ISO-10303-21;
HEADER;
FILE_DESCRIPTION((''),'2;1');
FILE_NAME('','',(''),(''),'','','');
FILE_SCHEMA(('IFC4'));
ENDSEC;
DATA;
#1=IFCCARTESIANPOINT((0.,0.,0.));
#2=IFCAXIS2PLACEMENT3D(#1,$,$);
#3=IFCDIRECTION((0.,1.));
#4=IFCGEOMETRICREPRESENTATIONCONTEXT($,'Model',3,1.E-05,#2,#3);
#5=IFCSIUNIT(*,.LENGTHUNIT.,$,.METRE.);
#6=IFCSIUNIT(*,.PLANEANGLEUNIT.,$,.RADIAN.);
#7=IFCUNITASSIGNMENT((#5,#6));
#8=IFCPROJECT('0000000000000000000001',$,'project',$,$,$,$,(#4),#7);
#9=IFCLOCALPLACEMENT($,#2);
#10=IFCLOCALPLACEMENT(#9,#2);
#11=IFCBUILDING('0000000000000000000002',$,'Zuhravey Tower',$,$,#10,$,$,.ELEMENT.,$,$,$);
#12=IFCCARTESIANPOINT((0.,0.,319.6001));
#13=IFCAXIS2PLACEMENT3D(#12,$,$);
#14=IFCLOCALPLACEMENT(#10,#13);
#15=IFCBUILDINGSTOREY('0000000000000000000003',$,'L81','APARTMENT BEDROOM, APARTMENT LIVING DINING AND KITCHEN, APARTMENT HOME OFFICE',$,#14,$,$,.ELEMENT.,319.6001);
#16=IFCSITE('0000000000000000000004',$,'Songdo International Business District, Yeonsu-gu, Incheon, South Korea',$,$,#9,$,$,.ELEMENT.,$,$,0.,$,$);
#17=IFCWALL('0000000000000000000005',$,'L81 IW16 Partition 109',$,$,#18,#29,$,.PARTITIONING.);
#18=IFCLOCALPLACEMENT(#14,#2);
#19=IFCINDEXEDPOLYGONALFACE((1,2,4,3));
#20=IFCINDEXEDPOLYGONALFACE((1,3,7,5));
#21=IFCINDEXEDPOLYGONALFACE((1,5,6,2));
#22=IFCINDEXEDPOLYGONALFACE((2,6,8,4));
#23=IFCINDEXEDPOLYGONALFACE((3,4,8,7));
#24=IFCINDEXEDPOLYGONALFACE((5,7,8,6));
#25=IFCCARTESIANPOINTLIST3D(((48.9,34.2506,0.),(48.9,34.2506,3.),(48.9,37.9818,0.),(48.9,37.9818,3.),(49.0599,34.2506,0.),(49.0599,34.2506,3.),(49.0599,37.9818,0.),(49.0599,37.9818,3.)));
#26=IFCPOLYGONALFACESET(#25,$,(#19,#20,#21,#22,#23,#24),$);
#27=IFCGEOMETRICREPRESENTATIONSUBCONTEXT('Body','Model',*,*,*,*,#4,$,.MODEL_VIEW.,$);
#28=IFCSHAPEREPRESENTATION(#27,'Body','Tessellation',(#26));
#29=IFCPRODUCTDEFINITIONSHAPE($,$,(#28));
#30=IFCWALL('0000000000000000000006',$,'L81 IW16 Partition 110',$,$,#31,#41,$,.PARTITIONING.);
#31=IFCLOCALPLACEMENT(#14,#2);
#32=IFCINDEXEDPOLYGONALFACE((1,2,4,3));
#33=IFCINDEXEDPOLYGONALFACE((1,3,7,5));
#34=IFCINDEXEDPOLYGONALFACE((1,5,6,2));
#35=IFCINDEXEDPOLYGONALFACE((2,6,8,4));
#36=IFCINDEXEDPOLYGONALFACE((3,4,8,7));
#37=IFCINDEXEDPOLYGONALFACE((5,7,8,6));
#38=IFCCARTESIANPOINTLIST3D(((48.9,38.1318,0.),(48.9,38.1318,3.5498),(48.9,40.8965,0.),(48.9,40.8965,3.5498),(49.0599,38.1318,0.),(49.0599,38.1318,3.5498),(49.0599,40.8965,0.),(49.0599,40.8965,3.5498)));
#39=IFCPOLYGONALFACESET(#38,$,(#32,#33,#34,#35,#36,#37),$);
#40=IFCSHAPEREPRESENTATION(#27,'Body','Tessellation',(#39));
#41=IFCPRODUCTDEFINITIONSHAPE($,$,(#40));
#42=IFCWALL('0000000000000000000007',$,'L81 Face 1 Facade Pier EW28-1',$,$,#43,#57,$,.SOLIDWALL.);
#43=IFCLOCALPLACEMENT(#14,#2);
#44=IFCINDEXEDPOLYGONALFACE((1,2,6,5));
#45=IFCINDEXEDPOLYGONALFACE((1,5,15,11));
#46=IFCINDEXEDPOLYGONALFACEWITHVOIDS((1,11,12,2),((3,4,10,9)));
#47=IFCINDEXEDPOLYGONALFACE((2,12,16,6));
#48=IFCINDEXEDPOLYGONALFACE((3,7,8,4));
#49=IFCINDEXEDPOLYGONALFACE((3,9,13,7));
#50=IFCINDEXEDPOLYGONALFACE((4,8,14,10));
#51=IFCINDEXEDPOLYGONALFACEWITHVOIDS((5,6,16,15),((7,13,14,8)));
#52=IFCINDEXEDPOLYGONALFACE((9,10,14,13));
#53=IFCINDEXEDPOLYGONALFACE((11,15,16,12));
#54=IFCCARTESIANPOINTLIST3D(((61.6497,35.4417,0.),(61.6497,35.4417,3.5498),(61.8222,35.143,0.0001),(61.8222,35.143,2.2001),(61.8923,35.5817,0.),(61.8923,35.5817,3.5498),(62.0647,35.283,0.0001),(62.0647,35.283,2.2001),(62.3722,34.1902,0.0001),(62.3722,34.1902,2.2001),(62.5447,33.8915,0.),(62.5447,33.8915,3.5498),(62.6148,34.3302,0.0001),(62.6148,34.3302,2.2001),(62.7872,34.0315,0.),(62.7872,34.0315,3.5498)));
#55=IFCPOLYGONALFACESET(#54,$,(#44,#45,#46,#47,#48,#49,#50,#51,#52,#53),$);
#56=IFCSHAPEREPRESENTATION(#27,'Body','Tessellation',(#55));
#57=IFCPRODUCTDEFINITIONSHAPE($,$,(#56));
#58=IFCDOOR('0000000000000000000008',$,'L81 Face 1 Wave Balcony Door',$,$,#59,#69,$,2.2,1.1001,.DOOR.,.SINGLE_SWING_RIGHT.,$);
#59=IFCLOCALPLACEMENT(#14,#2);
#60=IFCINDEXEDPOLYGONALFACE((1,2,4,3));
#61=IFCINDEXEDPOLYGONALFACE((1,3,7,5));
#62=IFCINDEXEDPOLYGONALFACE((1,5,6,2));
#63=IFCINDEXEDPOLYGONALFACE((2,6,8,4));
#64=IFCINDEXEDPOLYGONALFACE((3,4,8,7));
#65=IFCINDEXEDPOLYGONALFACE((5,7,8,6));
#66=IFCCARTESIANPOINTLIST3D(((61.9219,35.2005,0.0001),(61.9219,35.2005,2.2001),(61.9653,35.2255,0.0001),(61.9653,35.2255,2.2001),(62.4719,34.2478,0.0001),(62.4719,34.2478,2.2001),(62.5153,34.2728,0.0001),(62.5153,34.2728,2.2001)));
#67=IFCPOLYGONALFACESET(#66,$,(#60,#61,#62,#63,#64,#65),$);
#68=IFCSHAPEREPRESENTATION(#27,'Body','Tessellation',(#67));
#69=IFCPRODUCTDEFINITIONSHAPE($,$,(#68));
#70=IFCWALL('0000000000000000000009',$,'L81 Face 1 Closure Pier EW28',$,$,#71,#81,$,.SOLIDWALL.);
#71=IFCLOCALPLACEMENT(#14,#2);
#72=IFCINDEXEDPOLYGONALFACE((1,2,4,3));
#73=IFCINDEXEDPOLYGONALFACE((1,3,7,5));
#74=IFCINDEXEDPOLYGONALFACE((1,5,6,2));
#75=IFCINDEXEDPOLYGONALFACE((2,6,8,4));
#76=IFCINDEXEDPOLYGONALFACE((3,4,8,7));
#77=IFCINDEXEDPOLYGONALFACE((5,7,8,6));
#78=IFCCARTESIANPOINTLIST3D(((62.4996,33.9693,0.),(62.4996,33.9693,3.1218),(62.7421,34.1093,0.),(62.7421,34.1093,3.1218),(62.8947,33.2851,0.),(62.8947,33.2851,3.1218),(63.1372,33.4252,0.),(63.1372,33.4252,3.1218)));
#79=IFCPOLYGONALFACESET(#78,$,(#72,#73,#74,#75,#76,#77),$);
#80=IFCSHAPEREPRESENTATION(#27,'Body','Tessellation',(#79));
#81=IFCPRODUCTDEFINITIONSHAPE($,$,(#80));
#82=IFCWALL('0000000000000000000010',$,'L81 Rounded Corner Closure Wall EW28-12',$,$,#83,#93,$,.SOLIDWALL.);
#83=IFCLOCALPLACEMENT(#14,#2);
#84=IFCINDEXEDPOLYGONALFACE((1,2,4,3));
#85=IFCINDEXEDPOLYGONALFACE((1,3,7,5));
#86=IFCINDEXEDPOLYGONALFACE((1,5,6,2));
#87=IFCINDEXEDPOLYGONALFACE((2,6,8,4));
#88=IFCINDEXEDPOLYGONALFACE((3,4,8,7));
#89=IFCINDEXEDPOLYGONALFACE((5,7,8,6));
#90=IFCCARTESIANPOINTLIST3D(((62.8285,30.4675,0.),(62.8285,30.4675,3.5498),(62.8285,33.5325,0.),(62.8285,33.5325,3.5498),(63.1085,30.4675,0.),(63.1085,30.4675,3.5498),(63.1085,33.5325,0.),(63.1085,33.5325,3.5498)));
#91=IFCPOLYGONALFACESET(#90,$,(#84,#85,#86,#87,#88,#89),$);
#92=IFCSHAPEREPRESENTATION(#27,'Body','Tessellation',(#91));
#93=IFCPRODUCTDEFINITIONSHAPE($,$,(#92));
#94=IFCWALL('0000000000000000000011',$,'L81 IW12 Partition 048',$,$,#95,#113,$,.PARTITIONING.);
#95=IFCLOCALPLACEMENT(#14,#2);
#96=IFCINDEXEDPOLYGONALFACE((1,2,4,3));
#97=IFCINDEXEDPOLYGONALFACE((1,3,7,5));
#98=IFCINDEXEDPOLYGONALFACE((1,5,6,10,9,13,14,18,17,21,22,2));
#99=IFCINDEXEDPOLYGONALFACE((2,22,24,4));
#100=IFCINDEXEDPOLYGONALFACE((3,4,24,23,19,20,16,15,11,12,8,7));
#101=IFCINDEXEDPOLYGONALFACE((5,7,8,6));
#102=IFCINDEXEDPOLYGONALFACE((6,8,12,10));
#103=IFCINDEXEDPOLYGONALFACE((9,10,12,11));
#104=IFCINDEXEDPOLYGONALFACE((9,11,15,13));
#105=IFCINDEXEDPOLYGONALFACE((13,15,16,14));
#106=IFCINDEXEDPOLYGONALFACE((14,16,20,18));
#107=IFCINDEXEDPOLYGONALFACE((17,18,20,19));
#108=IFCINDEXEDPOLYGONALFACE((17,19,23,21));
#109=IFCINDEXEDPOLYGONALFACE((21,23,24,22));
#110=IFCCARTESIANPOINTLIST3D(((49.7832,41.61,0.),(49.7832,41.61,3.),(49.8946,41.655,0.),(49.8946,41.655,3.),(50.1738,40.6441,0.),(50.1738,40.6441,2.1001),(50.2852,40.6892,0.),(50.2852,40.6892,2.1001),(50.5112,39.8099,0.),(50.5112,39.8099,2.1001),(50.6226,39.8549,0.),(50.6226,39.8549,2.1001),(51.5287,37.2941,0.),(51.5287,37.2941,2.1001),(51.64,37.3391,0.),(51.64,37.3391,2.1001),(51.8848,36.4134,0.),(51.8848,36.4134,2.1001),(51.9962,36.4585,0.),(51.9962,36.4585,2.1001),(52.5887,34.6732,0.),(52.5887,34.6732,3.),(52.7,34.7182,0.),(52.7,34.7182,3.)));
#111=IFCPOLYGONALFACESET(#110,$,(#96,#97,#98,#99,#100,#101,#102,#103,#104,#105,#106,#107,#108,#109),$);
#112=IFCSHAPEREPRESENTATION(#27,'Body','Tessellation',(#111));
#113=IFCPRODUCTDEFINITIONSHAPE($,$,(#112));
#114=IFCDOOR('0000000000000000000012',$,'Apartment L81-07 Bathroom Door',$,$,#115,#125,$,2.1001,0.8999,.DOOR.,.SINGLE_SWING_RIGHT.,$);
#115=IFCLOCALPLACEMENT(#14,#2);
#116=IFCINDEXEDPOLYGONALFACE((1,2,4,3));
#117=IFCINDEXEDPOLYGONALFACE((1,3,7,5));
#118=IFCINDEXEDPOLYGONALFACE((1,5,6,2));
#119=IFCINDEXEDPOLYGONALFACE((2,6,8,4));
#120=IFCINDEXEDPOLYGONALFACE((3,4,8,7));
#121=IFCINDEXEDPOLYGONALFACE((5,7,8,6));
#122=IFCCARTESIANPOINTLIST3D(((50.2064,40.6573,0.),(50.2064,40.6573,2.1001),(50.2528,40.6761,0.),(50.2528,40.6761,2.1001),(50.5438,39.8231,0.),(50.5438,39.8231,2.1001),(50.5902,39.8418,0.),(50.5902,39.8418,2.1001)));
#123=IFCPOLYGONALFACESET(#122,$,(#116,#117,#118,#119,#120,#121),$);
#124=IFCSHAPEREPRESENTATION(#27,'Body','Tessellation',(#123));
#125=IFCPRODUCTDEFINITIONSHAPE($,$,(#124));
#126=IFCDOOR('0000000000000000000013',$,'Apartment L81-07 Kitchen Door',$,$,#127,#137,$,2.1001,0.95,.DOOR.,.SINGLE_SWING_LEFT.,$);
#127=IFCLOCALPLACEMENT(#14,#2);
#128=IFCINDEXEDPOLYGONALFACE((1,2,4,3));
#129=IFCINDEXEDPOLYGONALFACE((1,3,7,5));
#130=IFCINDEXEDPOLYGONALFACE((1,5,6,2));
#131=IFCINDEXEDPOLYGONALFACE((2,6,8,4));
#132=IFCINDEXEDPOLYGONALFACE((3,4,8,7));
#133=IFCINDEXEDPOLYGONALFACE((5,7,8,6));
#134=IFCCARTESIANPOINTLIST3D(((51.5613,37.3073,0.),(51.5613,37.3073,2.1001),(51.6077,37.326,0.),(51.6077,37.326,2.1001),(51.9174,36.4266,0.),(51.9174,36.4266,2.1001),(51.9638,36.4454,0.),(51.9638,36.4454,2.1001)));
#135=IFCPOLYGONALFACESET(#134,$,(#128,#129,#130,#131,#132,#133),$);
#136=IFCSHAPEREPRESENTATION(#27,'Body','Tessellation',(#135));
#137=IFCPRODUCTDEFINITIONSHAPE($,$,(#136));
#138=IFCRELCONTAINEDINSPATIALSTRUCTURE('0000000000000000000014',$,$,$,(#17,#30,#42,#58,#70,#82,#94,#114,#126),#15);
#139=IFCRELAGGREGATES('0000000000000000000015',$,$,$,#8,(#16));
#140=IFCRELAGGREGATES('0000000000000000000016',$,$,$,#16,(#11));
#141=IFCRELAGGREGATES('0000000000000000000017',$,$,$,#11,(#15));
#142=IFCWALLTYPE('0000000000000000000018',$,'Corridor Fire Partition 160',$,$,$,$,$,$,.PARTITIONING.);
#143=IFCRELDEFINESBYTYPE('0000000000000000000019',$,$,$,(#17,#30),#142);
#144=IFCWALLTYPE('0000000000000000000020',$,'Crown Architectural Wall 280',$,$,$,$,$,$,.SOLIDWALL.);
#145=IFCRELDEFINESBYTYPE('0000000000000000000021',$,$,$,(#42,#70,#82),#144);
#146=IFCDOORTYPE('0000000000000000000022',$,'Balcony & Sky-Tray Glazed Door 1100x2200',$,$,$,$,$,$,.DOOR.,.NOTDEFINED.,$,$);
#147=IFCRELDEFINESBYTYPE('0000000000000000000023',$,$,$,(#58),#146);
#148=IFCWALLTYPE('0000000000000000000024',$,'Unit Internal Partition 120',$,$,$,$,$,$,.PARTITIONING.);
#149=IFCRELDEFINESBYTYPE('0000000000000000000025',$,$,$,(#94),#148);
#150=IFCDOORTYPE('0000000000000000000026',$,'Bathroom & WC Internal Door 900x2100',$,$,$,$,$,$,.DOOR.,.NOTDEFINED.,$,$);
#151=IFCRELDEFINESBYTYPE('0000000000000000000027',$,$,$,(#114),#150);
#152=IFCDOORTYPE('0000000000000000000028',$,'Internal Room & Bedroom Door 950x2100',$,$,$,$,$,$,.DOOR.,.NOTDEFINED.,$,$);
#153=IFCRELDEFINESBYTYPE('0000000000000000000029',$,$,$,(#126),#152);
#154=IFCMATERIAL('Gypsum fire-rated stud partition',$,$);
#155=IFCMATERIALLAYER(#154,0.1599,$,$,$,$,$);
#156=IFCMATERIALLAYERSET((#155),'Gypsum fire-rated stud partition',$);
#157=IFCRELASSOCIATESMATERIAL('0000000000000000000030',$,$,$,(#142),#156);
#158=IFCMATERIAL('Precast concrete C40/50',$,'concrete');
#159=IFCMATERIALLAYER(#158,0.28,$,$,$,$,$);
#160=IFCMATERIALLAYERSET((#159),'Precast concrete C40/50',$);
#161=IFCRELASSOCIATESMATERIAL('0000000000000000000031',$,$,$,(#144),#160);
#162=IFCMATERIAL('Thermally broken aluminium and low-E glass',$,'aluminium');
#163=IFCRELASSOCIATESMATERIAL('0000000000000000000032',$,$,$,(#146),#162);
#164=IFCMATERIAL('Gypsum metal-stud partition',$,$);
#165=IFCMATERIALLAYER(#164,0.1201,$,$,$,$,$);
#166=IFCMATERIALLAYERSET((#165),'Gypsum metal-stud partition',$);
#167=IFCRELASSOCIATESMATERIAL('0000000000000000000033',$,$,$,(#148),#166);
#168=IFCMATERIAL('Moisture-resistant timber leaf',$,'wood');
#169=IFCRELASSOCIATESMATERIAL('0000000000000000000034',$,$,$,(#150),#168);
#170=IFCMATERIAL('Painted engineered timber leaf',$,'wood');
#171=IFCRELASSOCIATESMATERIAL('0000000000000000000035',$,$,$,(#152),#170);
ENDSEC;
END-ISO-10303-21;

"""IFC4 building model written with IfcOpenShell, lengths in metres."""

from ifc_helpers import new_model, si_unit, direction, frame, frame_2d, origin, place, context, subcontext, project, spatial, rectangle, extrude, material, layer, layer_set, type_object, element, fill, save


model = new_model("IFC4")

# Units and contexts
model_context = context("Model", 3, precision=1e-05, world=origin(), true_north=direction((0.0, 1.0)))
body_context = subcontext(model_context, "Body", "Model", "MODEL_VIEW")
ifc_project = project(units=[si_unit("LENGTHUNIT", "METRE"), si_unit("PLANEANGLEUNIT", "RADIAN")], contexts=[model_context])

# Site, building, storey
site_placement = place(None, origin())
site = spatial("IfcSite", under=ifc_project, at=site_placement, Name="Songdo International Business District, Yeonsu-gu, Incheon, South Korea", CompositionType="ELEMENT", RefElevation=0.0)
building_placement = place(site_placement, origin())
building = spatial("IfcBuilding", under=site, at=building_placement, Name="Zuhravey Tower", CompositionType="ELEMENT")
storey_placement = place(building_placement, frame((0.0, 0.0, 319.6001)))
storey = spatial("IfcBuildingStorey", under=building, at=storey_placement, Name="L81", Description="APARTMENT BEDROOM, APARTMENT LIVING DINING AND KITCHEN, APARTMENT HOME OFFICE", CompositionType="ELEMENT", Elevation=319.6001)

# Walls
ifc_material_1 = material(Name="Gypsum fire-rated stud partition")
ifc_layer_1 = layer(ifc_material_1, 0.1599)
ifc_layer_set_1 = layer_set([ifc_layer_1], Name="Gypsum fire-rated stud partition")
wall_type_1 = type_object("IfcWallType", Name="Corridor Fire Partition 160", PredefinedType="PARTITIONING", material=ifc_layer_set_1)
wall_1_placement = place(storey_placement, frame((48.98, 34.2505, 0.0), z_axis=(0.0, 0.0, 1.0), x_axis=(0.0, 1.0, 0.0)))
element("IfcWall", 1, at=wall_1_placement, inside=storey, type_object=wall_type_1, Name="L81 IW16 Partition 109", PredefinedType="PARTITIONING", context=body_context, shape_type="SweptSolid", body=[
    extrude(rectangle(XDim=3.7312, YDim=0.1599, at=frame_2d((1.8657, 0.0))), origin(), (0.0, 0.0, 1.0), 3.0),
])
wall_2_placement = place(storey_placement, frame((48.98, 38.1318, 0.0), z_axis=(0.0, 0.0, 1.0), x_axis=(0.0, 1.0, 0.0)))
element("IfcWall", 2, at=wall_2_placement, inside=storey, type_object=wall_type_1, Name="L81 IW16 Partition 110", PredefinedType="PARTITIONING", context=body_context, shape_type="SweptSolid", body=[
    extrude(rectangle(XDim=2.7646, YDim=0.1599, at=frame_2d((1.3823, 0.0))), origin(), (0.0, 0.0, 1.0), 3.5498),
])

# Wall, opening, door
ifc_material_2 = material(Name="Precast concrete C40/50", Category="concrete")
ifc_layer_2 = layer(ifc_material_2, 0.28)
ifc_layer_set_2 = layer_set([ifc_layer_2], Name="Precast concrete C40/50")
wall_type_2 = type_object("IfcWallType", Name="Crown Architectural Wall 280", PredefinedType="SOLIDWALL", material=ifc_layer_set_2)
wall_3_placement = place(storey_placement, frame((61.771, 35.5117, 0.0), z_axis=(0.0, 0.0, 1.0), x_axis=(0.499982, -0.866036, 0.0)))
wall_3 = element("IfcWall", 3, at=wall_3_placement, inside=storey, type_object=wall_type_2, Name="L81 Face 1 Facade Pier EW28-1", PredefinedType="SOLIDWALL", context=body_context, shape_type="SweptSolid", body=[
    extrude(rectangle(XDim=1.79, YDim=0.28, at=frame_2d((0.895, 0.0))), origin(), (0.0, 0.0, 1.0), 3.5498),
])
opening_1_placement = place(wall_3_placement, frame((0.345, 0.0, 0.0)))
opening_1 = element("IfcOpeningElement", 4, at=opening_1_placement, cuts=wall_3, PredefinedType="OPENING", context=body_context, shape_type="SweptSolid", body=[
    extrude(rectangle(XDim=1.1001, YDim=2.2, at=frame_2d((0.55, 1.1001))), frame((0.0, 0.1521, 0.0), z_axis=(0.0, -1.0, 0.0), x_axis=(1.0, 0.0, 0.0)), (0.0, 0.0, 1.0), 0.304),
])
ifc_material_3 = material(Name="Thermally broken aluminium and low-E glass", Category="aluminium")
door_type_1 = type_object("IfcDoorType", Name="Balcony & Sky-Tray Glazed Door 1100x2200", OperationType="NOTDEFINED", PredefinedType="DOOR", material=ifc_material_3)
door_1_placement = place(opening_1_placement, frame((1.1001, 0.0, 0.0), z_axis=(0.0, 0.0, 1.0), x_axis=(-1.0, 0.0, 0.0)))
door_1 = element("IfcDoor", 5, at=door_1_placement, inside=storey, type_object=door_type_1, Name="L81 Face 1 Wave Balcony Door", OperationType="SINGLE_SWING_RIGHT", OverallHeight=2.2, OverallWidth=1.1001, PredefinedType="DOOR", context=body_context, shape_type="SweptSolid", body=[
    extrude(rectangle(XDim=1.1001, YDim=2.2, at=frame_2d((0.55, 1.1001))), frame((0.0, 0.0249, 0.0), z_axis=(0.0, -1.0, 0.0), x_axis=(1.0, 0.0, 0.0)), (0.0, 0.0, 1.0), 0.05),
])
fill(opening_1, door_1)

# Walls
wall_4_placement = place(storey_placement, frame((62.6208, 34.0393, 0.0), z_axis=(0.0, 0.0, 1.0), x_axis=(0.500061, -0.86599, 0.0)))
element("IfcWall", 6, at=wall_4_placement, inside=storey, type_object=wall_type_2, Name="L81 Face 1 Closure Pier EW28", PredefinedType="SOLIDWALL", context=body_context, shape_type="SweptSolid", body=[
    extrude(rectangle(XDim=0.79, YDim=0.28, at=frame_2d((0.395, 0.0))), origin(), (0.0, 0.0, 1.0), 3.1218),
])
wall_5_placement = place(storey_placement, frame((62.9685, 33.5325, 0.0), z_axis=(0.0, 0.0, 1.0), x_axis=(0.0, -1.0, 0.0)))
element("IfcWall", 7, at=wall_5_placement, inside=storey, type_object=wall_type_2, Name="L81 Rounded Corner Closure Wall EW28-12", PredefinedType="SOLIDWALL", context=body_context, shape_type="SweptSolid", body=[
    extrude(rectangle(XDim=3.0649, YDim=0.28, at=frame_2d((1.5325, 0.0))), origin(), (0.0, 0.0, 1.0), 3.5498),
])

# Wall, openings, doors
ifc_material_4 = material(Name="Gypsum metal-stud partition")
ifc_layer_3 = layer(ifc_material_4, 0.1201)
ifc_layer_set_3 = layer_set([ifc_layer_3], Name="Gypsum metal-stud partition")
wall_type_3 = type_object("IfcWallType", Name="Unit Internal Partition 120", PredefinedType="PARTITIONING", material=ifc_layer_set_3)
wall_6_placement = place(storey_placement, frame((52.6443, 34.6958, 0.0), z_axis=(0.0, 0.0, 1.0), x_axis=(-0.374926, 0.927055, 0.0)))
wall_6 = element("IfcWall", 8, at=wall_6_placement, inside=storey, type_object=wall_type_3, Name="L81 IW12 Partition 048", PredefinedType="PARTITIONING", context=body_context, shape_type="SweptSolid", body=[
    extrude(rectangle(XDim=7.4827, YDim=0.1201, at=frame_2d((3.7412, 0.0))), origin(), (0.0, 0.0, 1.0), 3.0),
])
opening_2_placement = place(wall_6_placement, frame((1.877, 0.0, 0.0)))
opening_2 = element("IfcOpeningElement", 9, at=opening_2_placement, cuts=wall_6, PredefinedType="OPENING", context=body_context, shape_type="SweptSolid", body=[
    extrude(rectangle(XDim=0.95, YDim=2.1001, at=frame_2d((0.4751, 1.05))), frame((0.0, 0.072, 0.0), z_axis=(0.0, -1.0, 0.0), x_axis=(1.0, 0.0, 0.0)), (0.0, 0.0, 1.0), 0.144),
])
opening_3_placement = place(wall_6_placement, frame((5.5408, 0.0, 0.0)))
opening_3 = element("IfcOpeningElement", 10, at=opening_3_placement, cuts=wall_6, PredefinedType="OPENING", context=body_context, shape_type="SweptSolid", body=[
    extrude(rectangle(XDim=0.8999, YDim=2.1001, at=frame_2d((0.45, 1.05))), frame((0.0, 0.072, 0.0), z_axis=(0.0, -1.0, 0.0), x_axis=(1.0, 0.0, 0.0)), (0.0, 0.0, 1.0), 0.144),
])
ifc_material_5 = material(Name="Moisture-resistant timber leaf", Category="wood")
door_type_2 = type_object("IfcDoorType", Name="Bathroom & WC Internal Door 900x2100", OperationType="NOTDEFINED", PredefinedType="DOOR", material=ifc_material_5)
door_2_placement = place(opening_3_placement, origin())
door_2 = element("IfcDoor", 11, at=door_2_placement, inside=storey, type_object=door_type_2, Name="Apartment L81-07 Bathroom Door", OperationType="SINGLE_SWING_RIGHT", OverallHeight=2.1001, OverallWidth=0.8999, PredefinedType="DOOR", context=body_context, shape_type="SweptSolid", body=[
    extrude(rectangle(XDim=0.8999, YDim=2.1001, at=frame_2d((0.45, 1.05))), frame((0.0, 0.0249, 0.0), z_axis=(0.0, -1.0, 0.0), x_axis=(1.0, 0.0, 0.0)), (0.0, 0.0, 1.0), 0.05),
])
fill(opening_3, door_2)
ifc_material_6 = material(Name="Painted engineered timber leaf", Category="wood")
door_type_3 = type_object("IfcDoorType", Name="Internal Room & Bedroom Door 950x2100", OperationType="NOTDEFINED", PredefinedType="DOOR", material=ifc_material_6)
door_3_placement = place(opening_2_placement, origin())
door_3 = element("IfcDoor", 12, at=door_3_placement, inside=storey, type_object=door_type_3, Name="Apartment L81-07 Kitchen Door", OperationType="SINGLE_SWING_LEFT", OverallHeight=2.1001, OverallWidth=0.95, PredefinedType="DOOR", context=body_context, shape_type="SweptSolid", body=[
    extrude(rectangle(XDim=0.95, YDim=2.1001, at=frame_2d((0.4751, 1.05))), frame((0.0, 0.0249, 0.0), z_axis=(0.0, -1.0, 0.0), x_axis=(1.0, 0.0, 0.0)), (0.0, 0.0, 1.0), 0.05),
])
fill(opening_2, door_3)

save(model, "model.ifc")
